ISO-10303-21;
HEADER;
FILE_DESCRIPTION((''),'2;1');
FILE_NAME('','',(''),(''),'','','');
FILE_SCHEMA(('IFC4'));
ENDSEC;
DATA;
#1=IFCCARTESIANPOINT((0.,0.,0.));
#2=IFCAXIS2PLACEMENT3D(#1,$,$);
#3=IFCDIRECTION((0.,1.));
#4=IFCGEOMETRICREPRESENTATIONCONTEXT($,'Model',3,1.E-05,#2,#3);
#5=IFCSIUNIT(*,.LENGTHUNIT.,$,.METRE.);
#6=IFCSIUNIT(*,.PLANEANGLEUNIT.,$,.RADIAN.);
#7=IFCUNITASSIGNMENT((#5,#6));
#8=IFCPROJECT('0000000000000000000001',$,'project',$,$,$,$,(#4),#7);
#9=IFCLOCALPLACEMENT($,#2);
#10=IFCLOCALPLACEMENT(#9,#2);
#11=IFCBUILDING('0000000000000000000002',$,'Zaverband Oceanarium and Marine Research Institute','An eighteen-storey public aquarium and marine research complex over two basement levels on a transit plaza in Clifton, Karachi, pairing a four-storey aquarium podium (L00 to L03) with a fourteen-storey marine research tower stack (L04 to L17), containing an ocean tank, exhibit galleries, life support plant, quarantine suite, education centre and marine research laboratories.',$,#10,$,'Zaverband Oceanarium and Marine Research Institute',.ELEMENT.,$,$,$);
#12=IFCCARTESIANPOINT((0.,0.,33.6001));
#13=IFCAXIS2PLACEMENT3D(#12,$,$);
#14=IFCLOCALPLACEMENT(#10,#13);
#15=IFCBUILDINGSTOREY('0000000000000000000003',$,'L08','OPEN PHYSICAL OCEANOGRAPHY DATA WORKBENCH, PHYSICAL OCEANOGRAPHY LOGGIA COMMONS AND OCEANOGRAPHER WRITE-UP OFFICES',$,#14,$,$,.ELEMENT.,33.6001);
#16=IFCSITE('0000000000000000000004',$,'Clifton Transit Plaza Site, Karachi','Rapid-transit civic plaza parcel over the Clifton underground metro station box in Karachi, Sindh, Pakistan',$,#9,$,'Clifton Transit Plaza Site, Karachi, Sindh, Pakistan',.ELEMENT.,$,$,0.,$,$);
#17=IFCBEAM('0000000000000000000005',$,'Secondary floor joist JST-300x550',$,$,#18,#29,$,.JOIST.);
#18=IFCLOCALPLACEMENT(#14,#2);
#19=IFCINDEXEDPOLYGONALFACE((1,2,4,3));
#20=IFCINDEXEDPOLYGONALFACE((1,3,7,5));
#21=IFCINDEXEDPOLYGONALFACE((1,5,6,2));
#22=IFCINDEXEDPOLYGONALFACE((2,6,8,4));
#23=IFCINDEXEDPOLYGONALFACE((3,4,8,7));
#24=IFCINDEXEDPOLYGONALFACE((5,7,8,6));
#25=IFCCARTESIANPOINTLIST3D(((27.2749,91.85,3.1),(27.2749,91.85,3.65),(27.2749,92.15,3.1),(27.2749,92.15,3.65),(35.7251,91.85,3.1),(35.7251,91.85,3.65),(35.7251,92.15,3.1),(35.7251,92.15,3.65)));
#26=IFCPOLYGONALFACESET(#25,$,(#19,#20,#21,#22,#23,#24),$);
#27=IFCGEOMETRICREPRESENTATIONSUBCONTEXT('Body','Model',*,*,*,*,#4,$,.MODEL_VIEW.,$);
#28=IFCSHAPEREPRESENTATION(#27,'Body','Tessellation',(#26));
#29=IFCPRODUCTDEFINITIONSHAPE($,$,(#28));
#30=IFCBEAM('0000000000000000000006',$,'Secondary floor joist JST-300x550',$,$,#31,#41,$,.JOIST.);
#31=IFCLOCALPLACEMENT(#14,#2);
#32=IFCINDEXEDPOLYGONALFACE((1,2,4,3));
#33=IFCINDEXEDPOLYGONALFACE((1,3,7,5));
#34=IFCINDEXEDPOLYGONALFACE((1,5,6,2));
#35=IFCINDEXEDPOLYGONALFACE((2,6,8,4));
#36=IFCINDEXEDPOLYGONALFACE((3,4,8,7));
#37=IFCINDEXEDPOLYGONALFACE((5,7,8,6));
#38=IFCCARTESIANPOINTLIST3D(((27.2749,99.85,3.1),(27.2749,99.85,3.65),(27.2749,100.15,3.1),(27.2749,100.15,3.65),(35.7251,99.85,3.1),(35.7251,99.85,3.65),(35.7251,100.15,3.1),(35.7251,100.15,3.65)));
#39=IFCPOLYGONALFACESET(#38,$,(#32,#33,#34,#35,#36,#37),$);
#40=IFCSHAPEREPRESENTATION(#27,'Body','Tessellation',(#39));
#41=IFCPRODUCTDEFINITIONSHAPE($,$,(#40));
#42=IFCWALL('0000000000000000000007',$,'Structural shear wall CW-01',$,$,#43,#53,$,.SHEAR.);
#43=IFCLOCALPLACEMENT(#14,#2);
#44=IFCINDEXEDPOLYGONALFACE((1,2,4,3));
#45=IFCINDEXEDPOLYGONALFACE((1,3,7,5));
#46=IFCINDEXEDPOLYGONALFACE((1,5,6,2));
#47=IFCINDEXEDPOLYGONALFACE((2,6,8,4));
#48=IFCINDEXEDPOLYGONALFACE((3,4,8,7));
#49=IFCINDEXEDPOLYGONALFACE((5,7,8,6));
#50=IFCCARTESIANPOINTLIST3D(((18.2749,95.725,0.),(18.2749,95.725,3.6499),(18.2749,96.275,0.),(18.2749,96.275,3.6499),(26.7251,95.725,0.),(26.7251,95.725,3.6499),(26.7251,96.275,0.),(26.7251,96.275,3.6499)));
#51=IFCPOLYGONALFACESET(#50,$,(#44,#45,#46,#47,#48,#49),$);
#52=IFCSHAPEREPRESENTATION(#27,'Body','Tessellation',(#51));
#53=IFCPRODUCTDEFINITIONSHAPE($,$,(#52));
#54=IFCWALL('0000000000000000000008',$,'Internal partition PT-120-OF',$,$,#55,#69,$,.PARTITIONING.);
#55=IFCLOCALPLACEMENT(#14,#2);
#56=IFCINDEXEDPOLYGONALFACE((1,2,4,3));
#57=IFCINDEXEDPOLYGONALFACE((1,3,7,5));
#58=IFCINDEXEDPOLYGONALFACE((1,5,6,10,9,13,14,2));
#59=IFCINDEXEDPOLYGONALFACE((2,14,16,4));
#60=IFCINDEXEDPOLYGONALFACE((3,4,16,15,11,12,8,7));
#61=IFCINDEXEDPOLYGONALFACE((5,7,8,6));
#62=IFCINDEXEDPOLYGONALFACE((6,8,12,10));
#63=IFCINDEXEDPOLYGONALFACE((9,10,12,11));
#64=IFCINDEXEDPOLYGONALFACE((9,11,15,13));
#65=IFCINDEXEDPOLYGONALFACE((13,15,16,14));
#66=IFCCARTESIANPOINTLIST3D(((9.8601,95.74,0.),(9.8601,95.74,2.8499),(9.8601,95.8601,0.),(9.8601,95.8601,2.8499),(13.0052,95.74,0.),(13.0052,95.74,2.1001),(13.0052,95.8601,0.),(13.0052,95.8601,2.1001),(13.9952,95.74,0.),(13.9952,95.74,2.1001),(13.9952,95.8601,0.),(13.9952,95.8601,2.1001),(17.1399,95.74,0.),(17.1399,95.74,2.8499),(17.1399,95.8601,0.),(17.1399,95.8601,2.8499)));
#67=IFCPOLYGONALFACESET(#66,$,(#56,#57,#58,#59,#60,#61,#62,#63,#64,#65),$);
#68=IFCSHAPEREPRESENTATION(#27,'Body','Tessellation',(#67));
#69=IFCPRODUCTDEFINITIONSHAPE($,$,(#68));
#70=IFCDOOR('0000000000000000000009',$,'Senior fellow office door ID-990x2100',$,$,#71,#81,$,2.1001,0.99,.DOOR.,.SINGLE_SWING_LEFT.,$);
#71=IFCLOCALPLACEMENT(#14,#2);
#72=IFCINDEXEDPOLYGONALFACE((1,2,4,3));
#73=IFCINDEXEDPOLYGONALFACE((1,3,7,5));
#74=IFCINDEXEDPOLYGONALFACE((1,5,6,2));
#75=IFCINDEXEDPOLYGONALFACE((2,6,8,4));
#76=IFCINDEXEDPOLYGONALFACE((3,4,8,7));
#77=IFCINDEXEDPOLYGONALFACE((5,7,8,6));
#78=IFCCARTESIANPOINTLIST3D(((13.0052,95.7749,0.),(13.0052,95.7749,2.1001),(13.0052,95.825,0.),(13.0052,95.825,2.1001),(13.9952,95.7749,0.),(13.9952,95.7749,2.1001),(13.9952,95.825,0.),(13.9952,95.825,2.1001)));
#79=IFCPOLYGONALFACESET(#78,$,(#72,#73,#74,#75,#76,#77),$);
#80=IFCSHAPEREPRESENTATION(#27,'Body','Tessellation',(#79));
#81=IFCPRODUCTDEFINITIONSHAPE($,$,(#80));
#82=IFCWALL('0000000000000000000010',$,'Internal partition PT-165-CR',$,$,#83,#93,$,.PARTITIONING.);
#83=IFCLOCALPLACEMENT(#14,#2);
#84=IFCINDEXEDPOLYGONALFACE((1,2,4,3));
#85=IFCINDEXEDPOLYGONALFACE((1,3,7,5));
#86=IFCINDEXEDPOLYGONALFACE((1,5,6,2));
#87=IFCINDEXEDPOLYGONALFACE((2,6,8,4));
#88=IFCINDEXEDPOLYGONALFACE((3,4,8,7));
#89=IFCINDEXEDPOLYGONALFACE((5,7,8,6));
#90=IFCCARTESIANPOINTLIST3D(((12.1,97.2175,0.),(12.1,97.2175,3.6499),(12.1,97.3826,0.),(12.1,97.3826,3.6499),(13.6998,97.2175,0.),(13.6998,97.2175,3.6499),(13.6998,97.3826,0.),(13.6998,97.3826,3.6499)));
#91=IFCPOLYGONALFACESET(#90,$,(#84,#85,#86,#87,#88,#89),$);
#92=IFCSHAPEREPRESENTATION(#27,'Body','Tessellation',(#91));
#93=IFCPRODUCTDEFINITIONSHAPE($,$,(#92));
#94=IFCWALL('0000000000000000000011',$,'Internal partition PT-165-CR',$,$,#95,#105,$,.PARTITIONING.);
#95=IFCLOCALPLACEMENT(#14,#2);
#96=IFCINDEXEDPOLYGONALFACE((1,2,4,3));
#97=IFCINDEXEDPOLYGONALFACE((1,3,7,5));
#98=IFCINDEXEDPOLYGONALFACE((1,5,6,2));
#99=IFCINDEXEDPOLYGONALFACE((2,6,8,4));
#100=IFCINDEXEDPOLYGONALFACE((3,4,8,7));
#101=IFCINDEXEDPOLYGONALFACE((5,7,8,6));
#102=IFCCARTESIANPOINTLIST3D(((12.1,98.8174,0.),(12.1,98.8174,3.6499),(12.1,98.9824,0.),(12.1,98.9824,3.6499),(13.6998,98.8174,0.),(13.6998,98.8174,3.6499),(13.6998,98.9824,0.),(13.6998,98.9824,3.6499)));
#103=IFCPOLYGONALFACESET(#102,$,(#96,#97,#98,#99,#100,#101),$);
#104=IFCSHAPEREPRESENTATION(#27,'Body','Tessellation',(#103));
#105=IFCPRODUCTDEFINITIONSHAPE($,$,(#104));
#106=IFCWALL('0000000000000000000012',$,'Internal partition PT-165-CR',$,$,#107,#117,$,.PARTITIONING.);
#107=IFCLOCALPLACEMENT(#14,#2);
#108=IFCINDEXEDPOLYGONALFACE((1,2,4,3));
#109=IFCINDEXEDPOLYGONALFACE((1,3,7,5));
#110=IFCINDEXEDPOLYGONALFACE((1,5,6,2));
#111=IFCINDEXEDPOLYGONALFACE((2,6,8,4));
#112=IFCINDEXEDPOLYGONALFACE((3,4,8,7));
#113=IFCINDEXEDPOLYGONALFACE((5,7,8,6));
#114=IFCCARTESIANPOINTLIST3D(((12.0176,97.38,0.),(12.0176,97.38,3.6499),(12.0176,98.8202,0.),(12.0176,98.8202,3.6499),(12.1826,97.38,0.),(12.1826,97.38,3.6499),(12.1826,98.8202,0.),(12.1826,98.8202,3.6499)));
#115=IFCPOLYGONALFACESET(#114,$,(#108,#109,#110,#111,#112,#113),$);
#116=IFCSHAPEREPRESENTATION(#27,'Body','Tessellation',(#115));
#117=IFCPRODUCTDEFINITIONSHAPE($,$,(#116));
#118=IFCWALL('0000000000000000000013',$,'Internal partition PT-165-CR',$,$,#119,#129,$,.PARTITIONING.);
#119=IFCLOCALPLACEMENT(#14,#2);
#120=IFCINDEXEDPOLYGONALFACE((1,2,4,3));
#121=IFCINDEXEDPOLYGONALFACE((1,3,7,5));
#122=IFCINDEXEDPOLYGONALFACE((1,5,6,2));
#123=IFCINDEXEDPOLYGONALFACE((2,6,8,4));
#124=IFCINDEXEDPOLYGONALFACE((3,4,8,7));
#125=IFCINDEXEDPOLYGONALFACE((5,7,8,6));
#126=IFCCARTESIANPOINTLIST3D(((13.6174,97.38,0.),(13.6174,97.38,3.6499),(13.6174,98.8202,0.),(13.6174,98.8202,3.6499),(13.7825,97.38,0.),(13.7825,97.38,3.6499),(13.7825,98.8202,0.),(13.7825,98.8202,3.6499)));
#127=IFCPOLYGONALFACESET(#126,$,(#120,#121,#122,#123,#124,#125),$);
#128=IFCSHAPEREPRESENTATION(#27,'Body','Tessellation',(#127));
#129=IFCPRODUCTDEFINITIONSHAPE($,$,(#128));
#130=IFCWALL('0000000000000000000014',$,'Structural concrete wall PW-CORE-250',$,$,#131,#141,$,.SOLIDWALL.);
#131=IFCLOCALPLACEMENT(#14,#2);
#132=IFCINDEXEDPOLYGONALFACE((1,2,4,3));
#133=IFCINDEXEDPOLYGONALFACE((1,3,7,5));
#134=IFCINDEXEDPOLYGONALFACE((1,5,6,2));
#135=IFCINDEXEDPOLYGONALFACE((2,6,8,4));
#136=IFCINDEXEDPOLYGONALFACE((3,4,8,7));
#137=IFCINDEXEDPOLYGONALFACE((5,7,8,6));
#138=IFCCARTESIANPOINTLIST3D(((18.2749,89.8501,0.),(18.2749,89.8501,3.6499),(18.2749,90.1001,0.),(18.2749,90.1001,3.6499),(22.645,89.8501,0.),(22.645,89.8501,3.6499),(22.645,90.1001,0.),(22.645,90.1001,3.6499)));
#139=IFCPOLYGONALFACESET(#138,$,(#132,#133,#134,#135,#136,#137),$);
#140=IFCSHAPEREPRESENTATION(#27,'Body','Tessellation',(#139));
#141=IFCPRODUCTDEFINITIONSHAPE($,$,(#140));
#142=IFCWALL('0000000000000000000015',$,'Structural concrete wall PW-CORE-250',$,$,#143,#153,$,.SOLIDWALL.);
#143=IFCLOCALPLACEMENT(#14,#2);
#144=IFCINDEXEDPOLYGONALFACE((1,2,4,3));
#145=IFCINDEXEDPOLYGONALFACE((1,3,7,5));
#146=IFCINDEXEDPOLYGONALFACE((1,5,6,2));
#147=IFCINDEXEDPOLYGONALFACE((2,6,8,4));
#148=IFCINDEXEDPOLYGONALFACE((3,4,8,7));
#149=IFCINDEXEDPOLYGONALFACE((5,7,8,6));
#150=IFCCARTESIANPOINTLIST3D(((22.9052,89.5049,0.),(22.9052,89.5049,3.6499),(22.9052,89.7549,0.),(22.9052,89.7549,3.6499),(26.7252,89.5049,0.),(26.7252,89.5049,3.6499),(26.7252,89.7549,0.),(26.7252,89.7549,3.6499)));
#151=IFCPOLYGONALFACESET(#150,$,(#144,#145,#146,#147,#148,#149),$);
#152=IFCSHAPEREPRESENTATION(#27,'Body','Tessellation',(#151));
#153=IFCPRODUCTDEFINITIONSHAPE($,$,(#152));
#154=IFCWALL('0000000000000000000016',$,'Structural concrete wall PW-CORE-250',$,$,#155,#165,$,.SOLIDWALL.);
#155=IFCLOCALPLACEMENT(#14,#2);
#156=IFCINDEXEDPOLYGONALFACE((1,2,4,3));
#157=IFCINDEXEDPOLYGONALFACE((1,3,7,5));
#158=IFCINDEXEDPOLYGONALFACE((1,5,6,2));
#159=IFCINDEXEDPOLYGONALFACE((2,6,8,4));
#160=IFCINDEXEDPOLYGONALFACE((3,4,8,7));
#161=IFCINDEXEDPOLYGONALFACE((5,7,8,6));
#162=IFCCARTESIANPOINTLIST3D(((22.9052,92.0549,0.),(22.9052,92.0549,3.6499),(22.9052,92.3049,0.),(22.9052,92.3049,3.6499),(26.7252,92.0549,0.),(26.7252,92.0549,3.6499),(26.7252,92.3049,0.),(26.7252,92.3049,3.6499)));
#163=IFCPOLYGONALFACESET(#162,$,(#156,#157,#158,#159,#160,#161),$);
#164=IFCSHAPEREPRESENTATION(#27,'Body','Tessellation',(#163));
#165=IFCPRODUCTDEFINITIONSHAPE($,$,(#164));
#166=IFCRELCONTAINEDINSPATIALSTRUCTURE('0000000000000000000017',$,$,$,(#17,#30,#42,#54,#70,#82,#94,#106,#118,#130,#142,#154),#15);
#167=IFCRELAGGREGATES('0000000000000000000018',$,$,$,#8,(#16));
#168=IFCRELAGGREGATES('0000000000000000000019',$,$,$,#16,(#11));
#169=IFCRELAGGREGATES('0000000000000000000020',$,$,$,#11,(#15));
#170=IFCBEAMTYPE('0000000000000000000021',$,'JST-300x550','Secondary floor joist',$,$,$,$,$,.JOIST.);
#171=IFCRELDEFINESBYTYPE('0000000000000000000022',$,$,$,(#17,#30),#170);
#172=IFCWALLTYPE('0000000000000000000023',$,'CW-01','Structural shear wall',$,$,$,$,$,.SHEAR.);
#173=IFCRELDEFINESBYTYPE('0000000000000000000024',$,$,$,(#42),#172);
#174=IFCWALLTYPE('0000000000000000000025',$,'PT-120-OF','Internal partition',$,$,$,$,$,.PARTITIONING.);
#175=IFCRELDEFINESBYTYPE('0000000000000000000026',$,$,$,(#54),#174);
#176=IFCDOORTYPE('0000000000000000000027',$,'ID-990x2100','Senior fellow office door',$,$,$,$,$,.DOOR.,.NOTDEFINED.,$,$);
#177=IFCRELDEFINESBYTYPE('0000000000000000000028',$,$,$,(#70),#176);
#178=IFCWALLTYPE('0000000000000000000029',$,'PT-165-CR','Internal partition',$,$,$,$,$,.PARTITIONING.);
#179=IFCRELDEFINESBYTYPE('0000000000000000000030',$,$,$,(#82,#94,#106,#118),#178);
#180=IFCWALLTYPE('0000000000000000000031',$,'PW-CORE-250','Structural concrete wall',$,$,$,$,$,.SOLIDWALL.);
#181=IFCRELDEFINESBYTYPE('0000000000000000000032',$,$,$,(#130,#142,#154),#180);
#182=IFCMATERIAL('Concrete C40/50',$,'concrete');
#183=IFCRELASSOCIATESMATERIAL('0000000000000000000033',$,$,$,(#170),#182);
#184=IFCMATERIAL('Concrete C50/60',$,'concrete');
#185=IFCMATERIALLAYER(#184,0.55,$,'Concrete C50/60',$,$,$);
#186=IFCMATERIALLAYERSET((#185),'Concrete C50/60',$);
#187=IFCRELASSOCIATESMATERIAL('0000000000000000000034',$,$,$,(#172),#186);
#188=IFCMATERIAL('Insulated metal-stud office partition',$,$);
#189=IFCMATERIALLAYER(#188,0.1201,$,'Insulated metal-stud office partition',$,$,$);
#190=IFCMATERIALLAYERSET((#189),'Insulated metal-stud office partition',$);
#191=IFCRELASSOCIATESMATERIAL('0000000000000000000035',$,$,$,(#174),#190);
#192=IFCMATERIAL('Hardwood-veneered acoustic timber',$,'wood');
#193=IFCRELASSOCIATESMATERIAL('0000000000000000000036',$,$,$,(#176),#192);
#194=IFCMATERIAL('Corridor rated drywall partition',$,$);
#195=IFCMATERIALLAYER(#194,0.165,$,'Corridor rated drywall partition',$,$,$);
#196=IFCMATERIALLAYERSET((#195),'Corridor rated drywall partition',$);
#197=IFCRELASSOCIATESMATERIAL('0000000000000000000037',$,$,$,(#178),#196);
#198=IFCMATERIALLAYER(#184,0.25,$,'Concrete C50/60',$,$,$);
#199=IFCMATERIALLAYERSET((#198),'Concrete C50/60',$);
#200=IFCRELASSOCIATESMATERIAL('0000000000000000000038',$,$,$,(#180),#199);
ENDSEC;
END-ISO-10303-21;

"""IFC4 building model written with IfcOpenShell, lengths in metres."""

from ifc_helpers import new_model, si_unit, direction, frame, frame_2d, origin, origin_2d, place, context, subcontext, project, spatial, rectangle, extrude, material, layer, layer_set, material_profile, profile_set, type_object, element, fill, save


model = new_model("IFC4")

# Units and contexts
model_context = context("Model", 3, precision=1e-05, world=origin(), true_north=direction((0.0, 1.0)))
body_context = subcontext(model_context, "Body", "Model", "MODEL_VIEW")
ifc_project = project(units=[si_unit("LENGTHUNIT", "METRE"), si_unit("PLANEANGLEUNIT", "RADIAN")], contexts=[model_context])

# Site, building, storey
site_placement = place(None, origin())
site = spatial("IfcSite", under=ifc_project, at=site_placement, Name="Clifton Transit Plaza Site, Karachi", Description="Rapid-transit civic plaza parcel over the Clifton underground metro station box in Karachi, Sindh, Pakistan", LongName="Clifton Transit Plaza Site, Karachi, Sindh, Pakistan", CompositionType="ELEMENT", RefElevation=0.0)
building_placement = place(site_placement, origin())
building = spatial("IfcBuilding", under=site, at=building_placement, Name="Zaverband Oceanarium and Marine Research Institute", Description="An eighteen-storey public aquarium and marine research complex over two basement levels on a transit plaza in Clifton, Karachi, pairing a four-storey aquarium podium (L00 to L03) with a fourteen-storey marine research tower stack (L04 to L17), containing an ocean tank, exhibit galleries, life support plant, quarantine suite, education centre and marine research laboratories.", LongName="Zaverband Oceanarium and Marine Research Institute", CompositionType="ELEMENT")
storey_placement = place(building_placement, frame((0.0, 0.0, 33.6001)))
storey = spatial("IfcBuildingStorey", under=building, at=storey_placement, Name="L08", Description="OPEN PHYSICAL OCEANOGRAPHY DATA WORKBENCH, PHYSICAL OCEANOGRAPHY LOGGIA COMMONS AND OCEANOGRAPHER WRITE-UP OFFICES", CompositionType="ELEMENT", Elevation=33.6001)

# Shared definitions
ifc_material_1 = material(Name="Concrete C50/60", Category="concrete")

# Shared definitions
ifc_material_2 = material(Name="Concrete C40/50", Category="concrete")

# Beams
ifc_material_profile_1 = material_profile(ifc_material_2, rectangle(XDim=0.3, YDim=0.55, at=origin_2d()), Name="RC300x550")
ifc_profile_set_1 = profile_set([ifc_material_profile_1], Name="Concrete C40/50")
beam_type_1 = type_object("IfcBeamType", Name="JST-300x550", Description="Secondary floor joist", PredefinedType="JOIST", material=ifc_profile_set_1)
for number, where, z_axis, x_axis, name in (
    (1, (27.2749, 92.0, 3.375), (1.0, 0.0, 0.0), (0.0, 1.0, 0.0), "Secondary floor joist JST-300x550"),
    (2, (27.2749, 100.0, 3.375), (1.0, 0.0, 0.0), (0.0, 1.0, 0.0), "Secondary floor joist JST-300x550"),
):
    element("IfcBeam", number, at=place(storey_placement, frame(where, z_axis=z_axis, x_axis=x_axis)), inside=storey, type_object=beam_type_1, Name=name, PredefinedType="JOIST", context=body_context, shape_type="SweptSolid", body=[
        extrude(rectangle(XDim=0.3, YDim=0.55, at=origin_2d()), origin(), (0.0, 0.0, 1.0), 8.4502),
    ])

# Wall
ifc_layer_1 = layer(ifc_material_1, 0.55, Name="Concrete C50/60")
ifc_layer_set_1 = layer_set([ifc_layer_1], Name="Concrete C50/60")
wall_type_1 = type_object("IfcWallType", Name="CW-01", Description="Structural shear wall", PredefinedType="SHEAR", material=ifc_layer_set_1)
wall_1_placement = place(storey_placement, frame((18.2749, 96.0, 0.0), z_axis=(0.0, 0.0, 1.0), x_axis=(1.0, 0.0, 0.0)))
element("IfcWall", 3, at=wall_1_placement, inside=storey, type_object=wall_type_1, Name="Structural shear wall CW-01", PredefinedType="SHEAR", context=body_context, shape_type="SweptSolid", body=[
    extrude(rectangle(XDim=8.4502, YDim=0.55, at=frame_2d((4.2251, 0.0))), origin(), (0.0, 0.0, 1.0), 3.6499),
])

# Wall, opening, door
ifc_material_3 = material(Name="Insulated metal-stud office partition")
ifc_layer_2 = layer(ifc_material_3, 0.1201, Name="Insulated metal-stud office partition")
ifc_layer_set_2 = layer_set([ifc_layer_2], Name="Insulated metal-stud office partition")
wall_type_2 = type_object("IfcWallType", Name="PT-120-OF", Description="Internal partition", PredefinedType="PARTITIONING", material=ifc_layer_set_2)
wall_2_placement = place(storey_placement, frame((9.8601, 95.8, 0.0), z_axis=(0.0, 0.0, 1.0), x_axis=(1.0, 0.0, 0.0)))
wall_2 = element("IfcWall", 4, at=wall_2_placement, inside=storey, type_object=wall_type_2, Name="Internal partition PT-120-OF", PredefinedType="PARTITIONING", context=body_context, shape_type="SweptSolid", body=[
    extrude(rectangle(XDim=7.2798, YDim=0.1201, at=frame_2d((3.6399, 0.0))), origin(), (0.0, 0.0, 1.0), 2.8499),
])
opening_placement = place(wall_2_placement, frame((3.145, 0.0, 0.0)))
opening = element("IfcOpeningElement", 5, at=opening_placement, cuts=wall_2, PredefinedType="OPENING", context=body_context, shape_type="SweptSolid", body=[
    extrude(rectangle(XDim=0.99, YDim=2.1001, at=frame_2d((0.4951, 1.05))), frame((0.0, 0.072, 0.0), z_axis=(0.0, -1.0, 0.0), x_axis=(1.0, 0.0, 0.0)), (0.0, 0.0, 1.0), 0.144),
])
ifc_material_4 = material(Name="Hardwood-veneered acoustic timber", Category="wood")
door_type = type_object("IfcDoorType", Name="ID-990x2100", Description="Senior fellow office door", OperationType="NOTDEFINED", PredefinedType="DOOR", material=ifc_material_4)
door_placement = place(opening_placement, origin())
door = element("IfcDoor", 6, at=door_placement, inside=storey, type_object=door_type, Name="Senior fellow office door ID-990x2100", OperationType="SINGLE_SWING_LEFT", OverallHeight=2.1001, OverallWidth=0.99, PredefinedType="DOOR", context=body_context, shape_type="SweptSolid", body=[
    extrude(rectangle(XDim=0.99, YDim=2.1001, at=frame_2d((0.4951, 1.05))), frame((0.0, 0.0249, 0.0), z_axis=(0.0, -1.0, 0.0), x_axis=(1.0, 0.0, 0.0)), (0.0, 0.0, 1.0), 0.05),
])
fill(opening, door)

# Walls
ifc_material_5 = material(Name="Corridor rated drywall partition")
ifc_layer_3 = layer(ifc_material_5, 0.165, Name="Corridor rated drywall partition")
ifc_layer_set_3 = layer_set([ifc_layer_3], Name="Corridor rated drywall partition")
wall_type_3 = type_object("IfcWallType", Name="PT-165-CR", Description="Internal partition", PredefinedType="PARTITIONING", material=ifc_layer_set_3)
for number, where, z_axis, x_axis, name in (
    (7, (12.1001, 97.3, 0.0), (0.0, 0.0, 1.0), (1.0, 0.0, 0.0), "Internal partition PT-165-CR"),
    (8, (12.1001, 98.8999, 0.0), (0.0, 0.0, 1.0), (1.0, 0.0, 0.0), "Internal partition PT-165-CR"),
):
    element("IfcWall", number, at=place(storey_placement, frame(where, z_axis=z_axis, x_axis=x_axis)), inside=storey, type_object=wall_type_3, Name=name, PredefinedType="PARTITIONING", context=body_context, shape_type="SweptSolid", body=[
        extrude(rectangle(XDim=1.5999, YDim=0.165, at=frame_2d((0.7998, 0.0))), origin(), (0.0, 0.0, 1.0), 3.6499),
    ])
for number, where, z_axis, x_axis, name in (
    (9, (12.1001, 97.3799, 0.0), (0.0, 0.0, 1.0), (0.0, 1.0, 0.0), "Internal partition PT-165-CR"),
    (10, (13.7, 97.3799, 0.0), (0.0, 0.0, 1.0), (0.0, 1.0, 0.0), "Internal partition PT-165-CR"),
):
    element("IfcWall", number, at=place(storey_placement, frame(where, z_axis=z_axis, x_axis=x_axis)), inside=storey, type_object=wall_type_3, Name=name, PredefinedType="PARTITIONING", context=body_context, shape_type="SweptSolid", body=[
        extrude(rectangle(XDim=1.4402, YDim=0.165, at=frame_2d((0.7202, 0.0))), origin(), (0.0, 0.0, 1.0), 3.6499),
    ])
ifc_layer_4 = layer(ifc_material_1, 0.25, Name="Concrete C50/60")
ifc_layer_set_4 = layer_set([ifc_layer_4], Name="Concrete C50/60")
wall_type_4 = type_object("IfcWallType", Name="PW-CORE-250", Description="Structural concrete wall", PredefinedType="SOLIDWALL", material=ifc_layer_set_4)
wall_3_placement = place(storey_placement, frame((18.2749, 89.9751, 0.0), z_axis=(0.0, 0.0, 1.0), x_axis=(1.0, 0.0, 0.0)))
element("IfcWall", 11, at=wall_3_placement, inside=storey, type_object=wall_type_4, Name="Structural concrete wall PW-CORE-250", PredefinedType="SOLIDWALL", context=body_context, shape_type="SweptSolid", body=[
    extrude(rectangle(XDim=4.3701, YDim=0.25, at=frame_2d((2.1851, 0.0))), origin(), (0.0, 0.0, 1.0), 3.6499),
])
for number, where, z_axis, x_axis, name in (
    (12, (22.905, 89.6299, 0.0), (0.0, 0.0, 1.0), (1.0, 0.0, 0.0), "Structural concrete wall PW-CORE-250"),
    (13, (22.905, 92.1799, 0.0), (0.0, 0.0, 1.0), (1.0, 0.0, 0.0), "Structural concrete wall PW-CORE-250"),
):
    element("IfcWall", number, at=place(storey_placement, frame(where, z_axis=z_axis, x_axis=x_axis)), inside=storey, type_object=wall_type_4, Name=name, PredefinedType="SOLIDWALL", context=body_context, shape_type="SweptSolid", body=[
        extrude(rectangle(XDim=3.8201, YDim=0.25, at=frame_2d((1.9102, 0.0))), origin(), (0.0, 0.0, 1.0), 3.6499),
    ])

save(model, "model.ifc")
